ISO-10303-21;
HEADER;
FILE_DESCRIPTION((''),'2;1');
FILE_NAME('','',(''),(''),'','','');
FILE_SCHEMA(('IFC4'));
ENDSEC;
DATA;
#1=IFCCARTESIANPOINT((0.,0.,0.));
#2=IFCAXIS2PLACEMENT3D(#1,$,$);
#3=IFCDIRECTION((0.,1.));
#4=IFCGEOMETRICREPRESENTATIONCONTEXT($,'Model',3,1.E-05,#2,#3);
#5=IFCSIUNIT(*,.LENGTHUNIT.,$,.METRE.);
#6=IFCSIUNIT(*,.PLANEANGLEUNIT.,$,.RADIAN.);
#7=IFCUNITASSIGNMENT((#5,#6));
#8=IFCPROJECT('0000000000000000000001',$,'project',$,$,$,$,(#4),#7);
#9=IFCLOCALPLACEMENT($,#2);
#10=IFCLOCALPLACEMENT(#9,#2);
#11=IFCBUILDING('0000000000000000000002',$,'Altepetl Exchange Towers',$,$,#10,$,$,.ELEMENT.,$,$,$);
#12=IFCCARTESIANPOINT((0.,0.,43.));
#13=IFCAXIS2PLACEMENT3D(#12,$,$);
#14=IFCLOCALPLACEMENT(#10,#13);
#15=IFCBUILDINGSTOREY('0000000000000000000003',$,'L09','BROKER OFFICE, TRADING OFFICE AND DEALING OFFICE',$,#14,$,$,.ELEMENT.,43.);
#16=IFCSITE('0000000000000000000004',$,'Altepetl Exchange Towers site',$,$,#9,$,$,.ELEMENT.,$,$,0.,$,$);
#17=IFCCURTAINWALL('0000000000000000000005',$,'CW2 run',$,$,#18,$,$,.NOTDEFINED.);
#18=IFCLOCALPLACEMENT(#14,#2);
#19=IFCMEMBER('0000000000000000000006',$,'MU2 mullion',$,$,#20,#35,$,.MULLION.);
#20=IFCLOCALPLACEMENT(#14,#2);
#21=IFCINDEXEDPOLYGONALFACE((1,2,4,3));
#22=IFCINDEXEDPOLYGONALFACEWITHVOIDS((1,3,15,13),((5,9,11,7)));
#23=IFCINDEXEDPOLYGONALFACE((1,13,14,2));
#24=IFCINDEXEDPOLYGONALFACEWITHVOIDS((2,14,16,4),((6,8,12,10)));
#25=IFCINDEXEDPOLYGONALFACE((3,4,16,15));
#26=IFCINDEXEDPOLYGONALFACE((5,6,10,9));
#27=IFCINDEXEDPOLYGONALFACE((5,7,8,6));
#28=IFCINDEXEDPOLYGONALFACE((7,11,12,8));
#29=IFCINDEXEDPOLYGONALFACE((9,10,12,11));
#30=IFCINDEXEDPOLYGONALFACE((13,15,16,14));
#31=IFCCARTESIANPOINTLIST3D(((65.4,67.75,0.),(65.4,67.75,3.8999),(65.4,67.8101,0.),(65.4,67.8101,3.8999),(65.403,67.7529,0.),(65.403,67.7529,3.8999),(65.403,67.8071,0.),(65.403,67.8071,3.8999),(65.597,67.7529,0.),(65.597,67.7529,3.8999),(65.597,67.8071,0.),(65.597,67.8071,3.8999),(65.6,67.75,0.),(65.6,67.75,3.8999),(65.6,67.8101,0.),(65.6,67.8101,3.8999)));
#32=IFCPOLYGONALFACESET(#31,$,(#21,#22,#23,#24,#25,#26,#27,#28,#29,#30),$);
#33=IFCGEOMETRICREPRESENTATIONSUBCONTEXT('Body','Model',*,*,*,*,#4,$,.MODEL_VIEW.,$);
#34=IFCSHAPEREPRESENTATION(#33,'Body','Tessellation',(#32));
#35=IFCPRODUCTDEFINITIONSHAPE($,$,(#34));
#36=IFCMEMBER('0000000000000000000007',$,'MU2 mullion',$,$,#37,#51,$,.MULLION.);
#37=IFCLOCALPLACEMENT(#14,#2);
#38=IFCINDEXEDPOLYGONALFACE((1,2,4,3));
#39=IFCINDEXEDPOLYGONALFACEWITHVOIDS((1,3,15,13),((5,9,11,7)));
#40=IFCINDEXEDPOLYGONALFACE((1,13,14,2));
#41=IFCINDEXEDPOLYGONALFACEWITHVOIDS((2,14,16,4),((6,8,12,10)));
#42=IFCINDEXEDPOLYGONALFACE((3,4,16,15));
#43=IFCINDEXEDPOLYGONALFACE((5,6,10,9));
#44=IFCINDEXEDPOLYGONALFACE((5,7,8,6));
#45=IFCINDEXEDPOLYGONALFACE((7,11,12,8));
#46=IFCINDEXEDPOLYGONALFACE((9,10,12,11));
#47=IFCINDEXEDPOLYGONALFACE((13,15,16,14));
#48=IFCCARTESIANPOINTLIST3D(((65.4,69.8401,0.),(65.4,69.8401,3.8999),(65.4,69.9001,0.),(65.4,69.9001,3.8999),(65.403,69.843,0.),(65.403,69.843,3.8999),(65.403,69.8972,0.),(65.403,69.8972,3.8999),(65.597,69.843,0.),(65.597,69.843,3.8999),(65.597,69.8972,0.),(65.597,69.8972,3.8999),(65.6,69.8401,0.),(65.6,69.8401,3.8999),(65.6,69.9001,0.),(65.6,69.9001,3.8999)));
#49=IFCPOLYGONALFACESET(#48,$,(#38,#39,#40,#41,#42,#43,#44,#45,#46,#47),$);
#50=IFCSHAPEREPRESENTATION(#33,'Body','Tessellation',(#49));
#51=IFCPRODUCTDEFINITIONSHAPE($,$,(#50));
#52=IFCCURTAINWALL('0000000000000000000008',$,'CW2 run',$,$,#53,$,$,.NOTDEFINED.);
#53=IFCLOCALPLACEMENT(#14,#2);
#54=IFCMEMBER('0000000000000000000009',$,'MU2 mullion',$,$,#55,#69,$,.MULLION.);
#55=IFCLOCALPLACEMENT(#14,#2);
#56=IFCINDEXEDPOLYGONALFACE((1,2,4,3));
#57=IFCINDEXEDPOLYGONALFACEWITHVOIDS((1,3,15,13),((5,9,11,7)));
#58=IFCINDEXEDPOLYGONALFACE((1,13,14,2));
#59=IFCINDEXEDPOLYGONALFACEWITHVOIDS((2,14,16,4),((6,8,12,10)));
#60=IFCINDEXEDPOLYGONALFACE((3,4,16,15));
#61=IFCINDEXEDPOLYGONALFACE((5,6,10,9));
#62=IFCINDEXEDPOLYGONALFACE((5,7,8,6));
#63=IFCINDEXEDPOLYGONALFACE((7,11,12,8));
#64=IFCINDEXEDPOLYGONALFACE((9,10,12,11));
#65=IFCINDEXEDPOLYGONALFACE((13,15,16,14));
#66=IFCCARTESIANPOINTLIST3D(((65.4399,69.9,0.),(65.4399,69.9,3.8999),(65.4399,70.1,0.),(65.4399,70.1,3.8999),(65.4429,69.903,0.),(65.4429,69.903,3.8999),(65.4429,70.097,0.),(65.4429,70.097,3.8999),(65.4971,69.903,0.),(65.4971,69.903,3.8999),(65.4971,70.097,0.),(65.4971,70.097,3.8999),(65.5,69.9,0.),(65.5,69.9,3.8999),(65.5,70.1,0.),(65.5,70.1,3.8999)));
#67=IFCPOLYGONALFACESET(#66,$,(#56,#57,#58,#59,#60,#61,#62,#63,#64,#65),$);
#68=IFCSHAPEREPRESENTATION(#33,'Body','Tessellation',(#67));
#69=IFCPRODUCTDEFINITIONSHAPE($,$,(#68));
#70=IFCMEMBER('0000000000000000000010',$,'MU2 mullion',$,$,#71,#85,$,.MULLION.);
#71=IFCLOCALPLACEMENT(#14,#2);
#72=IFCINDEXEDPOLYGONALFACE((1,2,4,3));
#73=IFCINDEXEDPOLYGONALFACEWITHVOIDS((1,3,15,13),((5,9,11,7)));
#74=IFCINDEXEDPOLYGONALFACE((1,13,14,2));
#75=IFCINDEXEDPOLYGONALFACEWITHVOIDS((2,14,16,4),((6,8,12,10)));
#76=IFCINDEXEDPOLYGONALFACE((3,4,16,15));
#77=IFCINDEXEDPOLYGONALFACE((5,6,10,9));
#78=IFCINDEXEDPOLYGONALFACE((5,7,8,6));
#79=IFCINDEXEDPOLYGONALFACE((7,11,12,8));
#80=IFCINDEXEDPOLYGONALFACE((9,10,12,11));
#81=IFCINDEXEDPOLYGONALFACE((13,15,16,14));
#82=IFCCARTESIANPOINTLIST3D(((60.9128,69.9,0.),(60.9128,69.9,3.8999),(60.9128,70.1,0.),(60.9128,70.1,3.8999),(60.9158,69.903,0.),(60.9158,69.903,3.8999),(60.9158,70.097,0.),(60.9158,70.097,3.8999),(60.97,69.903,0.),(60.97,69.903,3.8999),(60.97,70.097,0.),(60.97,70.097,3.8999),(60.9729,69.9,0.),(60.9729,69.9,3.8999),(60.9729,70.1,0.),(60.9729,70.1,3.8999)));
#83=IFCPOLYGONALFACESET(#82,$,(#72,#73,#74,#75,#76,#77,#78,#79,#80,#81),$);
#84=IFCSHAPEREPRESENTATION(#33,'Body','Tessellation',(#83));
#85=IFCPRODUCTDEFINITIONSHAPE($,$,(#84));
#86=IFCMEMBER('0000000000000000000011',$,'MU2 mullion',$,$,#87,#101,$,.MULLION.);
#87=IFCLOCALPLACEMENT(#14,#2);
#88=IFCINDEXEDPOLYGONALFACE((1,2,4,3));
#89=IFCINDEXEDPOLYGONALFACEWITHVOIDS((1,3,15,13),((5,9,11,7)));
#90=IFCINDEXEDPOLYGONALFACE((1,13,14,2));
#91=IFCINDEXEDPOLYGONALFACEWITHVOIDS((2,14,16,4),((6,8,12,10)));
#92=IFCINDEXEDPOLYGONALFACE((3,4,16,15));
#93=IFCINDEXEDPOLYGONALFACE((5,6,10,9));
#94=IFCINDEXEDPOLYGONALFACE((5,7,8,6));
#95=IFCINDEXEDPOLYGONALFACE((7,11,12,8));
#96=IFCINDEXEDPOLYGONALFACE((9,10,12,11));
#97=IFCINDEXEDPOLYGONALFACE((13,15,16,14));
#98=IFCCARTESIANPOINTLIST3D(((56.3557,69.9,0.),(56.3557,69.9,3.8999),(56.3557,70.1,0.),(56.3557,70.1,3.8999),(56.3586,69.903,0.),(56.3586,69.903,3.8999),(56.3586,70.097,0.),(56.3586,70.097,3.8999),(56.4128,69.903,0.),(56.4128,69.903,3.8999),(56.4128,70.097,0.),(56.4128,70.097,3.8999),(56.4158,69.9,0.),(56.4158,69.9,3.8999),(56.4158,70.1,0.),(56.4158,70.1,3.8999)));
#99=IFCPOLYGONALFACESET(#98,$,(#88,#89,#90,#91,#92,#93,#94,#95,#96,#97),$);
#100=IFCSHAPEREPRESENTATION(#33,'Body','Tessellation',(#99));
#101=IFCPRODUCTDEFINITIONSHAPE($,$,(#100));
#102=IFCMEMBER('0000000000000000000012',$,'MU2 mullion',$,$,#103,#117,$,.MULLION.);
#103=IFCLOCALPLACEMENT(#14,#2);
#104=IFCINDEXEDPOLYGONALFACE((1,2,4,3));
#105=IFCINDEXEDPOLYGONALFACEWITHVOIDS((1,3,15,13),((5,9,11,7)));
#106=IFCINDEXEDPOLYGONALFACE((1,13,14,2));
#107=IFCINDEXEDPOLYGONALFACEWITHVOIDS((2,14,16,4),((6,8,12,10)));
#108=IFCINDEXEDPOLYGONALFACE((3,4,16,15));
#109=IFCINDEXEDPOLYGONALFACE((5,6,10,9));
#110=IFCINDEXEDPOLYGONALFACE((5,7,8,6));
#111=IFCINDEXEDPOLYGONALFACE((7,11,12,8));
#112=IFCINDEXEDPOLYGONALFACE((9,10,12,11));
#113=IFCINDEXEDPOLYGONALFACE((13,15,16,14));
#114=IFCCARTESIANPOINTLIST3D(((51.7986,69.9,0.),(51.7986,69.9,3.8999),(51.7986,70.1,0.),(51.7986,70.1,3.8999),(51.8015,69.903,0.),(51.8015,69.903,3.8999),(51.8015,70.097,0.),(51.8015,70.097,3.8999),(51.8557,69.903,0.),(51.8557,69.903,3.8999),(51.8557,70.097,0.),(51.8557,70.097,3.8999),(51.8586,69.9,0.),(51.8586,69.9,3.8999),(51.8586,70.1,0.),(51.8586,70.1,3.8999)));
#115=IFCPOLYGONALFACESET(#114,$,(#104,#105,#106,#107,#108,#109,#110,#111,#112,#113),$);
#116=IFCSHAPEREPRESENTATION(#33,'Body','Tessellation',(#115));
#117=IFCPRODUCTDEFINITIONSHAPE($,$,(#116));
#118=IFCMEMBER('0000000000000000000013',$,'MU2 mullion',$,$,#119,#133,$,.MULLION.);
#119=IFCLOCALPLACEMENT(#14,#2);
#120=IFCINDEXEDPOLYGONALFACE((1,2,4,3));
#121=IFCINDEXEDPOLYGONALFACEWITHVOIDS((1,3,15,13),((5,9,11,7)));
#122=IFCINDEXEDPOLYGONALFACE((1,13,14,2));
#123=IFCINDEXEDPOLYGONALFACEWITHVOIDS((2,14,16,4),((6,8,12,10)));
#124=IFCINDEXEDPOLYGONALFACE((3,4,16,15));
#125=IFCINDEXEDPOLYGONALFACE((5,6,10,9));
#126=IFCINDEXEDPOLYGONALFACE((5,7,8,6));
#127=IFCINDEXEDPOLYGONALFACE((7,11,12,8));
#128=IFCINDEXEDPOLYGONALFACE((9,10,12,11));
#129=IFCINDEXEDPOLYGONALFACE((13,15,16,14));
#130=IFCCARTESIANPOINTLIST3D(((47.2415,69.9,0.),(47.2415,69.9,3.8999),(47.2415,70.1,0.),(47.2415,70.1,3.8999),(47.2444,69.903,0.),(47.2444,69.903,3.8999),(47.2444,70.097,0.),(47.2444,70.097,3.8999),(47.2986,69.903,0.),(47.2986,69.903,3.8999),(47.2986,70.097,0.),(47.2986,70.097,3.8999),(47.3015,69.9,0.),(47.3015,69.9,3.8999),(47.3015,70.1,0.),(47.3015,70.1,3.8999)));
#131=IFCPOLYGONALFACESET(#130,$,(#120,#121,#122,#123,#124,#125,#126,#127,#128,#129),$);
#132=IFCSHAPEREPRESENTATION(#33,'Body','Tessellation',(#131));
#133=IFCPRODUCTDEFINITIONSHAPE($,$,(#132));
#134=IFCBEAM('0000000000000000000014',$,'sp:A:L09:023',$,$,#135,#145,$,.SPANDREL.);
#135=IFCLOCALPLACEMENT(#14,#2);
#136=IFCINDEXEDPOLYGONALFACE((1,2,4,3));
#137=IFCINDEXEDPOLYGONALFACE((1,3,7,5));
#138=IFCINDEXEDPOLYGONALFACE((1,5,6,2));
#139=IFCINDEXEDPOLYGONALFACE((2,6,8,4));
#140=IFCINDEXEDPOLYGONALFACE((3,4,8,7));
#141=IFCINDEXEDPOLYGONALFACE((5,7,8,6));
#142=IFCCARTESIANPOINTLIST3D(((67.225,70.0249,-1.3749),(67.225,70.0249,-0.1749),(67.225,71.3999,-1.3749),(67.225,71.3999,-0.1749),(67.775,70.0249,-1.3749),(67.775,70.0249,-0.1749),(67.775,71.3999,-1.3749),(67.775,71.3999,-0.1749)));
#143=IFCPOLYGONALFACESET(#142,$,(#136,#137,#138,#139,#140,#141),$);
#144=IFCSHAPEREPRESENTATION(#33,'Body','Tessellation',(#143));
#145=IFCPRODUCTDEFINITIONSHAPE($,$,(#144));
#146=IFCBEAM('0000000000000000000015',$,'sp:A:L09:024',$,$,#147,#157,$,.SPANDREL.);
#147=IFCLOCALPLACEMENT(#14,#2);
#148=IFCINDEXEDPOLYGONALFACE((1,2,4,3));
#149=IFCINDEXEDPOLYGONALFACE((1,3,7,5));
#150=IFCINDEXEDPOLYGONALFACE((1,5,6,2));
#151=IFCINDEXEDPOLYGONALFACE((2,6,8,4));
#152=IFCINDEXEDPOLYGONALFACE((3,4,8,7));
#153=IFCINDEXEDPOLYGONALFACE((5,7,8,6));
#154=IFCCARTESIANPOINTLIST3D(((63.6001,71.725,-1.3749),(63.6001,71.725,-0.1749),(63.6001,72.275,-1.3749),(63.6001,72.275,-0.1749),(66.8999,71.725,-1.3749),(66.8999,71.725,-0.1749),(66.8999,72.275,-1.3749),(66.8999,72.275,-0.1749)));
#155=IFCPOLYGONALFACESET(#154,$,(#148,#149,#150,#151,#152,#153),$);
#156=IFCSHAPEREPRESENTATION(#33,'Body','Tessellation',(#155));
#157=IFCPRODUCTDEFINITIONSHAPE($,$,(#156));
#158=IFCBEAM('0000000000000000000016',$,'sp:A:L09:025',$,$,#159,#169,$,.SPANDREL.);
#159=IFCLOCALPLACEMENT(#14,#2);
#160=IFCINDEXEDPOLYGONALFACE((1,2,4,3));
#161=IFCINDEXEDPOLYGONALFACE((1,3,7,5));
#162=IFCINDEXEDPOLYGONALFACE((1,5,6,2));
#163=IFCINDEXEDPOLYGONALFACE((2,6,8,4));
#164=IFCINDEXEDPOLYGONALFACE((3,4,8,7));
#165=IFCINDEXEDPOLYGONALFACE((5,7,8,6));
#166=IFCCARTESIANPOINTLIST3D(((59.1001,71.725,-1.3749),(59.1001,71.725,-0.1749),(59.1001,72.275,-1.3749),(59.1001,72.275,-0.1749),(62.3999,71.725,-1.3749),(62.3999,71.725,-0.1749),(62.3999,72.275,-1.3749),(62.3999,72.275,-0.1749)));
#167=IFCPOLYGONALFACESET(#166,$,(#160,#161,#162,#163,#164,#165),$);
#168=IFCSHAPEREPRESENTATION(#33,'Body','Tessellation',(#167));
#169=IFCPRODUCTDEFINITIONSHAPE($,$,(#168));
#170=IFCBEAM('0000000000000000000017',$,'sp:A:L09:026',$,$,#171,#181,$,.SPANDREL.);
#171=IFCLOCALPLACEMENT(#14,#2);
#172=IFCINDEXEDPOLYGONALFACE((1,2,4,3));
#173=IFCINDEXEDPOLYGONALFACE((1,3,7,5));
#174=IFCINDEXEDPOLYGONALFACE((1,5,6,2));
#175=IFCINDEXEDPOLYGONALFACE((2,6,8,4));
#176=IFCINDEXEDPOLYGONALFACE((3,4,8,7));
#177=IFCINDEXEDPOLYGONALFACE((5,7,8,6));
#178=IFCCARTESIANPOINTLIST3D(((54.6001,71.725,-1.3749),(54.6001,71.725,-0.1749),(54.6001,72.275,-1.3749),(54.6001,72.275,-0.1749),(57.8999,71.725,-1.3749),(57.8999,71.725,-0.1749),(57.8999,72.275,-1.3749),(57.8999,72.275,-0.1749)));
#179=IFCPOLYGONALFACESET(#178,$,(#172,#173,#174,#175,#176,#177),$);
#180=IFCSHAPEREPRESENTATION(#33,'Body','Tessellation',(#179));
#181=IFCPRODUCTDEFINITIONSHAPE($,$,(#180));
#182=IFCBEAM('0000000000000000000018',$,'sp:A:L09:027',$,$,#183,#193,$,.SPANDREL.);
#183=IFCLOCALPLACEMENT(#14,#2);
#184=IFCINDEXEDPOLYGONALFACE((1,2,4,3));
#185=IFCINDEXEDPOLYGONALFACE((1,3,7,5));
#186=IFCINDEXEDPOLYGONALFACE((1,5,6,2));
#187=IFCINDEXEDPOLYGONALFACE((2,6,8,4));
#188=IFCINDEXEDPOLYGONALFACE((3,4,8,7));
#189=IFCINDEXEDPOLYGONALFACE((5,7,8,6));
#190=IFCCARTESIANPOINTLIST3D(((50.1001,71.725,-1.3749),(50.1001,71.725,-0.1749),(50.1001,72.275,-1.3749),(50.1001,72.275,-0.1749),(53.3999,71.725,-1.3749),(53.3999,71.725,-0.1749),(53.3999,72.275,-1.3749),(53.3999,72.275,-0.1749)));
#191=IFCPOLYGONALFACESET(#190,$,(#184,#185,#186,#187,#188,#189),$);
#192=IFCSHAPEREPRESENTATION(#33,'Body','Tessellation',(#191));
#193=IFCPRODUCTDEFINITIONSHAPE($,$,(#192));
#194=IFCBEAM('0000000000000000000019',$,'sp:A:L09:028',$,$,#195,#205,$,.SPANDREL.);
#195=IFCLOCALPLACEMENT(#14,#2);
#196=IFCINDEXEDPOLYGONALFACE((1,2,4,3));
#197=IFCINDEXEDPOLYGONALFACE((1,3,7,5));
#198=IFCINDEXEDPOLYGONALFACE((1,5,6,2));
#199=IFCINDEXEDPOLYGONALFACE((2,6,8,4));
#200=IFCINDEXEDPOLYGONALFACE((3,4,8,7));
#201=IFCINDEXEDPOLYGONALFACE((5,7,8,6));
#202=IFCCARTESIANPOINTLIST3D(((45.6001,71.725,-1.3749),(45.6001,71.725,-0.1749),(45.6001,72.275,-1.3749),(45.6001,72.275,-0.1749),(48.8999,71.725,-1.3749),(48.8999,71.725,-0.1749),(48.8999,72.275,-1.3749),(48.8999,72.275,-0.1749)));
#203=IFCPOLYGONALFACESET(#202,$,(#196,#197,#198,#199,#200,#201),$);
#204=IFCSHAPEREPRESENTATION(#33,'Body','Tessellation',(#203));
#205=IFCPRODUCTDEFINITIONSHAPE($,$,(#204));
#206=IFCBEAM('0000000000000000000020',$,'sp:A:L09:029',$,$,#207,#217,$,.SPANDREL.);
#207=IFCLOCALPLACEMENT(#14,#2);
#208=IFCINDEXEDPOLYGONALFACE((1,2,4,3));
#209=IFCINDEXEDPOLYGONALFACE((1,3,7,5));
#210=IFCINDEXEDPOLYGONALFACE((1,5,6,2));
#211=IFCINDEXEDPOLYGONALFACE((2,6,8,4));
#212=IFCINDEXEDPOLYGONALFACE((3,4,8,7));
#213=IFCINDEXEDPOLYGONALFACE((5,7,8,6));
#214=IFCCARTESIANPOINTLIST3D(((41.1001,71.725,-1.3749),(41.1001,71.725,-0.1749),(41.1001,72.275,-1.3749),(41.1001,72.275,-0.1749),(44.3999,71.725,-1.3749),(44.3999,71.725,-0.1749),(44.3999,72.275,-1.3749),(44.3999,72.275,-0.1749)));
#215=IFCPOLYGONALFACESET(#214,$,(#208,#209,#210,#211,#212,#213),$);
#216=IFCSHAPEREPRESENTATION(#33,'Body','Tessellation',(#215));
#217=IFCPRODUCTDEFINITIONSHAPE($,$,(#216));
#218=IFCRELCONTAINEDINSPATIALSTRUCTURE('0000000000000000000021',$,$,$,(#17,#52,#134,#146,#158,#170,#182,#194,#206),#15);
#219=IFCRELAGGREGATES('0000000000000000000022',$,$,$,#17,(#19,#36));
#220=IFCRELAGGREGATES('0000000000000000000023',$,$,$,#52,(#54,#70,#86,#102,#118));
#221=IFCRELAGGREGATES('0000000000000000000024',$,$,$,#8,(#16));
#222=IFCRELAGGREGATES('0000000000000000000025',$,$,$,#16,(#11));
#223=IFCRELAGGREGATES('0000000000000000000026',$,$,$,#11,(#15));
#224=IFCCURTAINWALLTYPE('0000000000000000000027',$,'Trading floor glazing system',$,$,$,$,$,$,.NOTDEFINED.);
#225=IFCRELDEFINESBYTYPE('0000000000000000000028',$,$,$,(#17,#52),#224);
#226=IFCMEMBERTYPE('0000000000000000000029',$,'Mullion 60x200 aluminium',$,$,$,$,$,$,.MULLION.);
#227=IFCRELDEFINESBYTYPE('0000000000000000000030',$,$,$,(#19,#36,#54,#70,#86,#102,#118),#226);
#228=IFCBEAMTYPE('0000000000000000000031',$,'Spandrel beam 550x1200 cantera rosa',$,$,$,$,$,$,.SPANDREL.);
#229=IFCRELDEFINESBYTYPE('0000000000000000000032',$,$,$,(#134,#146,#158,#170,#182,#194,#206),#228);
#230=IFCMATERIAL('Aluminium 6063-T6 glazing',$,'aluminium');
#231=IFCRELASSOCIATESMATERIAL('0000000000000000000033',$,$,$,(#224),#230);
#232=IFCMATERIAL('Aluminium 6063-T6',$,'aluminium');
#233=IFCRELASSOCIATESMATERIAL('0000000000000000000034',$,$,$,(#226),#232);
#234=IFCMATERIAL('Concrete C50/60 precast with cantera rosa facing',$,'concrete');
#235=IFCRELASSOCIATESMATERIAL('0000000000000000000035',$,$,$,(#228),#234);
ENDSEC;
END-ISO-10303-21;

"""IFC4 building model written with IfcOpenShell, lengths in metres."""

from ifc_helpers import new_model, si_unit, direction, frame, origin, origin_2d, place, context, subcontext, project, spatial, rectangle, hollow_rectangle, extrude, material, material_profile, profile_set, type_object, element, aggregate, save


model = new_model("IFC4")

# Units and contexts
model_context = context("Model", 3, precision=1e-05, world=origin(), true_north=direction((0.0, 1.0)))
body_context = subcontext(model_context, "Body", "Model", "MODEL_VIEW")
ifc_project = project(units=[si_unit("LENGTHUNIT", "METRE"), si_unit("PLANEANGLEUNIT", "RADIAN")], contexts=[model_context])

# Site, building, storey
site_placement = place(None, origin())
site = spatial("IfcSite", under=ifc_project, at=site_placement, Name="Altepetl Exchange Towers site", CompositionType="ELEMENT", RefElevation=0.0)
building_placement = place(site_placement, origin())
building = spatial("IfcBuilding", under=site, at=building_placement, Name="Altepetl Exchange Towers", CompositionType="ELEMENT")
storey_placement = place(building_placement, frame((0.0, 0.0, 43.0)))
storey = spatial("IfcBuildingStorey", under=building, at=storey_placement, Name="L09", Description="BROKER OFFICE, TRADING OFFICE AND DEALING OFFICE", CompositionType="ELEMENT", Elevation=43.0)

# Curtain walls, members
ifc_material_1 = material(Name="Aluminium 6063-T6 glazing", Category="aluminium")
curtain_wall_type = type_object("IfcCurtainWallType", Name="Trading floor glazing system", PredefinedType="NOTDEFINED", material=ifc_material_1)
ifc_material_2 = material(Name="Aluminium 6063-T6", Category="aluminium")
ifc_material_profile_1 = material_profile(ifc_material_2, hollow_rectangle(XDim=0.0601, YDim=0.2, WallThickness=0.0029, at=origin_2d()), Name="Mullion 60x200 aluminium")
ifc_profile_set_1 = profile_set([ifc_material_profile_1], Name="Aluminium 6063-T6")
member_type = type_object("IfcMemberType", Name="Mullion 60x200 aluminium", PredefinedType="MULLION", material=ifc_profile_set_1)
curtain_wall_1_placement = place(storey_placement, origin())
curtain_wall_1 = element("IfcCurtainWall", 1, at=curtain_wall_1_placement, inside=storey, type_object=curtain_wall_type, Name="CW2 run", PredefinedType="NOTDEFINED")
member_1_placement = place(storey_placement, frame((65.5, 67.78, 0.0), z_axis=(0.0, 0.0, 1.0), x_axis=(0.0, 1.0, 0.0)))
member_1 = element("IfcMember", 2, at=member_1_placement, type_object=member_type, Name="MU2 mullion", PredefinedType="MULLION", context=body_context, shape_type="SweptSolid", body=[
    extrude(hollow_rectangle(XDim=0.0601, YDim=0.2, WallThickness=0.0029, at=origin_2d()), origin(), (0.0, 0.0, 1.0), 3.8999),
])
member_2_placement = place(storey_placement, frame((65.5, 69.8701, 0.0), z_axis=(0.0, 0.0, 1.0), x_axis=(0.0, 1.0, 0.0)))
member_2 = element("IfcMember", 3, at=member_2_placement, type_object=member_type, Name="MU2 mullion", PredefinedType="MULLION", context=body_context, shape_type="SweptSolid", body=[
    extrude(hollow_rectangle(XDim=0.0601, YDim=0.2, WallThickness=0.0029, at=origin_2d()), origin(), (0.0, 0.0, 1.0), 3.8999),
])
curtain_wall_2_placement = place(storey_placement, origin())
curtain_wall_2 = element("IfcCurtainWall", 4, at=curtain_wall_2_placement, inside=storey, type_object=curtain_wall_type, Name="CW2 run", PredefinedType="NOTDEFINED")
member_3_placement = place(storey_placement, frame((65.47, 70.0, 0.0), z_axis=(0.0, 0.0, 1.0), x_axis=(-1.0, 0.0, 0.0)))
member_3 = element("IfcMember", 5, at=member_3_placement, type_object=member_type, Name="MU2 mullion", PredefinedType="MULLION", context=body_context, shape_type="SweptSolid", body=[
    extrude(hollow_rectangle(XDim=0.0601, YDim=0.2, WallThickness=0.0029, at=origin_2d()), origin(), (0.0, 0.0, 1.0), 3.8999),
])
member_4_placement = place(storey_placement, frame((60.9429, 70.0, 0.0), z_axis=(0.0, 0.0, 1.0), x_axis=(-1.0, 0.0, 0.0)))
member_4 = element("IfcMember", 6, at=member_4_placement, type_object=member_type, Name="MU2 mullion", PredefinedType="MULLION", context=body_context, shape_type="SweptSolid", body=[
    extrude(hollow_rectangle(XDim=0.0601, YDim=0.2, WallThickness=0.0029, at=origin_2d()), origin(), (0.0, 0.0, 1.0), 3.8999),
])
member_5_placement = place(storey_placement, frame((56.3857, 70.0, 0.0), z_axis=(0.0, 0.0, 1.0), x_axis=(-1.0, 0.0, 0.0)))
member_5 = element("IfcMember", 7, at=member_5_placement, type_object=member_type, Name="MU2 mullion", PredefinedType="MULLION", context=body_context, shape_type="SweptSolid", body=[
    extrude(hollow_rectangle(XDim=0.0601, YDim=0.2, WallThickness=0.0029, at=origin_2d()), origin(), (0.0, 0.0, 1.0), 3.8999),
])
member_6_placement = place(storey_placement, frame((51.8286, 70.0, 0.0), z_axis=(0.0, 0.0, 1.0), x_axis=(-1.0, 0.0, 0.0)))
member_6 = element("IfcMember", 8, at=member_6_placement, type_object=member_type, Name="MU2 mullion", PredefinedType="MULLION", context=body_context, shape_type="SweptSolid", body=[
    extrude(hollow_rectangle(XDim=0.0601, YDim=0.2, WallThickness=0.0029, at=origin_2d()), origin(), (0.0, 0.0, 1.0), 3.8999),
])
member_7_placement = place(storey_placement, frame((47.2715, 70.0, 0.0), z_axis=(0.0, 0.0, 1.0), x_axis=(-1.0, 0.0, 0.0)))
member_7 = element("IfcMember", 9, at=member_7_placement, type_object=member_type, Name="MU2 mullion", PredefinedType="MULLION", context=body_context, shape_type="SweptSolid", body=[
    extrude(hollow_rectangle(XDim=0.0601, YDim=0.2, WallThickness=0.0029, at=origin_2d()), origin(), (0.0, 0.0, 1.0), 3.8999),
])

# Beams
ifc_material_3 = material(Name="Concrete C50/60 precast with cantera rosa facing", Category="concrete")
ifc_material_profile_2 = material_profile(ifc_material_3, rectangle(XDim=0.55, YDim=1.2, at=origin_2d()), Name="550 x 1200")
ifc_profile_set_2 = profile_set([ifc_material_profile_2], Name="Concrete C50/60 precast with cantera rosa facing")
beam_type_1 = type_object("IfcBeamType", Name="Spandrel beam 550x1200 cantera rosa", PredefinedType="SPANDREL", material=ifc_profile_set_2)
beam_1_placement = place(storey_placement, frame((67.5, 70.0249, -0.7749), z_axis=(0.0, 1.0, 0.0), x_axis=(-1.0, 0.0, 0.0)))
element("IfcBeam", 10, at=beam_1_placement, inside=storey, type_object=beam_type_1, Name="sp:A:L09:023", PredefinedType="SPANDREL", context=body_context, shape_type="SweptSolid", body=[
    extrude(rectangle(XDim=0.55, YDim=1.2, at=origin_2d()), origin(), (0.0, 0.0, 1.0), 1.375),
])
for number, where, z_axis, x_axis, name in (
    (11, (66.8999, 72.0, -0.7749), (-1.0, 0.0, 0.0), (0.0, -1.0, 0.0), "sp:A:L09:024"),
    (12, (62.3999, 72.0, -0.7749), (-1.0, 0.0, 0.0), (0.0, -1.0, 0.0), "sp:A:L09:025"),
    (13, (57.8999, 72.0, -0.7749), (-1.0, 0.0, 0.0), (0.0, -1.0, 0.0), "sp:A:L09:026"),
    (14, (53.3999, 72.0, -0.7749), (-1.0, 0.0, 0.0), (0.0, -1.0, 0.0), "sp:A:L09:027"),
    (15, (48.8999, 72.0, -0.7749), (-1.0, 0.0, 0.0), (0.0, -1.0, 0.0), "sp:A:L09:028"),
    (16, (44.3999, 72.0, -0.7749), (-1.0, 0.0, 0.0), (0.0, -1.0, 0.0), "sp:A:L09:029"),
):
    element("IfcBeam", number, at=place(storey_placement, frame(where, z_axis=z_axis, x_axis=x_axis)), inside=storey, type_object=beam_type_1, Name=name, PredefinedType="SPANDREL", context=body_context, shape_type="SweptSolid", body=[
        extrude(rectangle(XDim=0.55, YDim=1.2, at=origin_2d()), origin(), (0.0, 0.0, 1.0), 3.2998),
    ])

aggregate(curtain_wall_1, [member_1, member_2])
aggregate(curtain_wall_2, [member_3, member_4, member_5, member_6, member_7])

save(model, "model.ifc")
